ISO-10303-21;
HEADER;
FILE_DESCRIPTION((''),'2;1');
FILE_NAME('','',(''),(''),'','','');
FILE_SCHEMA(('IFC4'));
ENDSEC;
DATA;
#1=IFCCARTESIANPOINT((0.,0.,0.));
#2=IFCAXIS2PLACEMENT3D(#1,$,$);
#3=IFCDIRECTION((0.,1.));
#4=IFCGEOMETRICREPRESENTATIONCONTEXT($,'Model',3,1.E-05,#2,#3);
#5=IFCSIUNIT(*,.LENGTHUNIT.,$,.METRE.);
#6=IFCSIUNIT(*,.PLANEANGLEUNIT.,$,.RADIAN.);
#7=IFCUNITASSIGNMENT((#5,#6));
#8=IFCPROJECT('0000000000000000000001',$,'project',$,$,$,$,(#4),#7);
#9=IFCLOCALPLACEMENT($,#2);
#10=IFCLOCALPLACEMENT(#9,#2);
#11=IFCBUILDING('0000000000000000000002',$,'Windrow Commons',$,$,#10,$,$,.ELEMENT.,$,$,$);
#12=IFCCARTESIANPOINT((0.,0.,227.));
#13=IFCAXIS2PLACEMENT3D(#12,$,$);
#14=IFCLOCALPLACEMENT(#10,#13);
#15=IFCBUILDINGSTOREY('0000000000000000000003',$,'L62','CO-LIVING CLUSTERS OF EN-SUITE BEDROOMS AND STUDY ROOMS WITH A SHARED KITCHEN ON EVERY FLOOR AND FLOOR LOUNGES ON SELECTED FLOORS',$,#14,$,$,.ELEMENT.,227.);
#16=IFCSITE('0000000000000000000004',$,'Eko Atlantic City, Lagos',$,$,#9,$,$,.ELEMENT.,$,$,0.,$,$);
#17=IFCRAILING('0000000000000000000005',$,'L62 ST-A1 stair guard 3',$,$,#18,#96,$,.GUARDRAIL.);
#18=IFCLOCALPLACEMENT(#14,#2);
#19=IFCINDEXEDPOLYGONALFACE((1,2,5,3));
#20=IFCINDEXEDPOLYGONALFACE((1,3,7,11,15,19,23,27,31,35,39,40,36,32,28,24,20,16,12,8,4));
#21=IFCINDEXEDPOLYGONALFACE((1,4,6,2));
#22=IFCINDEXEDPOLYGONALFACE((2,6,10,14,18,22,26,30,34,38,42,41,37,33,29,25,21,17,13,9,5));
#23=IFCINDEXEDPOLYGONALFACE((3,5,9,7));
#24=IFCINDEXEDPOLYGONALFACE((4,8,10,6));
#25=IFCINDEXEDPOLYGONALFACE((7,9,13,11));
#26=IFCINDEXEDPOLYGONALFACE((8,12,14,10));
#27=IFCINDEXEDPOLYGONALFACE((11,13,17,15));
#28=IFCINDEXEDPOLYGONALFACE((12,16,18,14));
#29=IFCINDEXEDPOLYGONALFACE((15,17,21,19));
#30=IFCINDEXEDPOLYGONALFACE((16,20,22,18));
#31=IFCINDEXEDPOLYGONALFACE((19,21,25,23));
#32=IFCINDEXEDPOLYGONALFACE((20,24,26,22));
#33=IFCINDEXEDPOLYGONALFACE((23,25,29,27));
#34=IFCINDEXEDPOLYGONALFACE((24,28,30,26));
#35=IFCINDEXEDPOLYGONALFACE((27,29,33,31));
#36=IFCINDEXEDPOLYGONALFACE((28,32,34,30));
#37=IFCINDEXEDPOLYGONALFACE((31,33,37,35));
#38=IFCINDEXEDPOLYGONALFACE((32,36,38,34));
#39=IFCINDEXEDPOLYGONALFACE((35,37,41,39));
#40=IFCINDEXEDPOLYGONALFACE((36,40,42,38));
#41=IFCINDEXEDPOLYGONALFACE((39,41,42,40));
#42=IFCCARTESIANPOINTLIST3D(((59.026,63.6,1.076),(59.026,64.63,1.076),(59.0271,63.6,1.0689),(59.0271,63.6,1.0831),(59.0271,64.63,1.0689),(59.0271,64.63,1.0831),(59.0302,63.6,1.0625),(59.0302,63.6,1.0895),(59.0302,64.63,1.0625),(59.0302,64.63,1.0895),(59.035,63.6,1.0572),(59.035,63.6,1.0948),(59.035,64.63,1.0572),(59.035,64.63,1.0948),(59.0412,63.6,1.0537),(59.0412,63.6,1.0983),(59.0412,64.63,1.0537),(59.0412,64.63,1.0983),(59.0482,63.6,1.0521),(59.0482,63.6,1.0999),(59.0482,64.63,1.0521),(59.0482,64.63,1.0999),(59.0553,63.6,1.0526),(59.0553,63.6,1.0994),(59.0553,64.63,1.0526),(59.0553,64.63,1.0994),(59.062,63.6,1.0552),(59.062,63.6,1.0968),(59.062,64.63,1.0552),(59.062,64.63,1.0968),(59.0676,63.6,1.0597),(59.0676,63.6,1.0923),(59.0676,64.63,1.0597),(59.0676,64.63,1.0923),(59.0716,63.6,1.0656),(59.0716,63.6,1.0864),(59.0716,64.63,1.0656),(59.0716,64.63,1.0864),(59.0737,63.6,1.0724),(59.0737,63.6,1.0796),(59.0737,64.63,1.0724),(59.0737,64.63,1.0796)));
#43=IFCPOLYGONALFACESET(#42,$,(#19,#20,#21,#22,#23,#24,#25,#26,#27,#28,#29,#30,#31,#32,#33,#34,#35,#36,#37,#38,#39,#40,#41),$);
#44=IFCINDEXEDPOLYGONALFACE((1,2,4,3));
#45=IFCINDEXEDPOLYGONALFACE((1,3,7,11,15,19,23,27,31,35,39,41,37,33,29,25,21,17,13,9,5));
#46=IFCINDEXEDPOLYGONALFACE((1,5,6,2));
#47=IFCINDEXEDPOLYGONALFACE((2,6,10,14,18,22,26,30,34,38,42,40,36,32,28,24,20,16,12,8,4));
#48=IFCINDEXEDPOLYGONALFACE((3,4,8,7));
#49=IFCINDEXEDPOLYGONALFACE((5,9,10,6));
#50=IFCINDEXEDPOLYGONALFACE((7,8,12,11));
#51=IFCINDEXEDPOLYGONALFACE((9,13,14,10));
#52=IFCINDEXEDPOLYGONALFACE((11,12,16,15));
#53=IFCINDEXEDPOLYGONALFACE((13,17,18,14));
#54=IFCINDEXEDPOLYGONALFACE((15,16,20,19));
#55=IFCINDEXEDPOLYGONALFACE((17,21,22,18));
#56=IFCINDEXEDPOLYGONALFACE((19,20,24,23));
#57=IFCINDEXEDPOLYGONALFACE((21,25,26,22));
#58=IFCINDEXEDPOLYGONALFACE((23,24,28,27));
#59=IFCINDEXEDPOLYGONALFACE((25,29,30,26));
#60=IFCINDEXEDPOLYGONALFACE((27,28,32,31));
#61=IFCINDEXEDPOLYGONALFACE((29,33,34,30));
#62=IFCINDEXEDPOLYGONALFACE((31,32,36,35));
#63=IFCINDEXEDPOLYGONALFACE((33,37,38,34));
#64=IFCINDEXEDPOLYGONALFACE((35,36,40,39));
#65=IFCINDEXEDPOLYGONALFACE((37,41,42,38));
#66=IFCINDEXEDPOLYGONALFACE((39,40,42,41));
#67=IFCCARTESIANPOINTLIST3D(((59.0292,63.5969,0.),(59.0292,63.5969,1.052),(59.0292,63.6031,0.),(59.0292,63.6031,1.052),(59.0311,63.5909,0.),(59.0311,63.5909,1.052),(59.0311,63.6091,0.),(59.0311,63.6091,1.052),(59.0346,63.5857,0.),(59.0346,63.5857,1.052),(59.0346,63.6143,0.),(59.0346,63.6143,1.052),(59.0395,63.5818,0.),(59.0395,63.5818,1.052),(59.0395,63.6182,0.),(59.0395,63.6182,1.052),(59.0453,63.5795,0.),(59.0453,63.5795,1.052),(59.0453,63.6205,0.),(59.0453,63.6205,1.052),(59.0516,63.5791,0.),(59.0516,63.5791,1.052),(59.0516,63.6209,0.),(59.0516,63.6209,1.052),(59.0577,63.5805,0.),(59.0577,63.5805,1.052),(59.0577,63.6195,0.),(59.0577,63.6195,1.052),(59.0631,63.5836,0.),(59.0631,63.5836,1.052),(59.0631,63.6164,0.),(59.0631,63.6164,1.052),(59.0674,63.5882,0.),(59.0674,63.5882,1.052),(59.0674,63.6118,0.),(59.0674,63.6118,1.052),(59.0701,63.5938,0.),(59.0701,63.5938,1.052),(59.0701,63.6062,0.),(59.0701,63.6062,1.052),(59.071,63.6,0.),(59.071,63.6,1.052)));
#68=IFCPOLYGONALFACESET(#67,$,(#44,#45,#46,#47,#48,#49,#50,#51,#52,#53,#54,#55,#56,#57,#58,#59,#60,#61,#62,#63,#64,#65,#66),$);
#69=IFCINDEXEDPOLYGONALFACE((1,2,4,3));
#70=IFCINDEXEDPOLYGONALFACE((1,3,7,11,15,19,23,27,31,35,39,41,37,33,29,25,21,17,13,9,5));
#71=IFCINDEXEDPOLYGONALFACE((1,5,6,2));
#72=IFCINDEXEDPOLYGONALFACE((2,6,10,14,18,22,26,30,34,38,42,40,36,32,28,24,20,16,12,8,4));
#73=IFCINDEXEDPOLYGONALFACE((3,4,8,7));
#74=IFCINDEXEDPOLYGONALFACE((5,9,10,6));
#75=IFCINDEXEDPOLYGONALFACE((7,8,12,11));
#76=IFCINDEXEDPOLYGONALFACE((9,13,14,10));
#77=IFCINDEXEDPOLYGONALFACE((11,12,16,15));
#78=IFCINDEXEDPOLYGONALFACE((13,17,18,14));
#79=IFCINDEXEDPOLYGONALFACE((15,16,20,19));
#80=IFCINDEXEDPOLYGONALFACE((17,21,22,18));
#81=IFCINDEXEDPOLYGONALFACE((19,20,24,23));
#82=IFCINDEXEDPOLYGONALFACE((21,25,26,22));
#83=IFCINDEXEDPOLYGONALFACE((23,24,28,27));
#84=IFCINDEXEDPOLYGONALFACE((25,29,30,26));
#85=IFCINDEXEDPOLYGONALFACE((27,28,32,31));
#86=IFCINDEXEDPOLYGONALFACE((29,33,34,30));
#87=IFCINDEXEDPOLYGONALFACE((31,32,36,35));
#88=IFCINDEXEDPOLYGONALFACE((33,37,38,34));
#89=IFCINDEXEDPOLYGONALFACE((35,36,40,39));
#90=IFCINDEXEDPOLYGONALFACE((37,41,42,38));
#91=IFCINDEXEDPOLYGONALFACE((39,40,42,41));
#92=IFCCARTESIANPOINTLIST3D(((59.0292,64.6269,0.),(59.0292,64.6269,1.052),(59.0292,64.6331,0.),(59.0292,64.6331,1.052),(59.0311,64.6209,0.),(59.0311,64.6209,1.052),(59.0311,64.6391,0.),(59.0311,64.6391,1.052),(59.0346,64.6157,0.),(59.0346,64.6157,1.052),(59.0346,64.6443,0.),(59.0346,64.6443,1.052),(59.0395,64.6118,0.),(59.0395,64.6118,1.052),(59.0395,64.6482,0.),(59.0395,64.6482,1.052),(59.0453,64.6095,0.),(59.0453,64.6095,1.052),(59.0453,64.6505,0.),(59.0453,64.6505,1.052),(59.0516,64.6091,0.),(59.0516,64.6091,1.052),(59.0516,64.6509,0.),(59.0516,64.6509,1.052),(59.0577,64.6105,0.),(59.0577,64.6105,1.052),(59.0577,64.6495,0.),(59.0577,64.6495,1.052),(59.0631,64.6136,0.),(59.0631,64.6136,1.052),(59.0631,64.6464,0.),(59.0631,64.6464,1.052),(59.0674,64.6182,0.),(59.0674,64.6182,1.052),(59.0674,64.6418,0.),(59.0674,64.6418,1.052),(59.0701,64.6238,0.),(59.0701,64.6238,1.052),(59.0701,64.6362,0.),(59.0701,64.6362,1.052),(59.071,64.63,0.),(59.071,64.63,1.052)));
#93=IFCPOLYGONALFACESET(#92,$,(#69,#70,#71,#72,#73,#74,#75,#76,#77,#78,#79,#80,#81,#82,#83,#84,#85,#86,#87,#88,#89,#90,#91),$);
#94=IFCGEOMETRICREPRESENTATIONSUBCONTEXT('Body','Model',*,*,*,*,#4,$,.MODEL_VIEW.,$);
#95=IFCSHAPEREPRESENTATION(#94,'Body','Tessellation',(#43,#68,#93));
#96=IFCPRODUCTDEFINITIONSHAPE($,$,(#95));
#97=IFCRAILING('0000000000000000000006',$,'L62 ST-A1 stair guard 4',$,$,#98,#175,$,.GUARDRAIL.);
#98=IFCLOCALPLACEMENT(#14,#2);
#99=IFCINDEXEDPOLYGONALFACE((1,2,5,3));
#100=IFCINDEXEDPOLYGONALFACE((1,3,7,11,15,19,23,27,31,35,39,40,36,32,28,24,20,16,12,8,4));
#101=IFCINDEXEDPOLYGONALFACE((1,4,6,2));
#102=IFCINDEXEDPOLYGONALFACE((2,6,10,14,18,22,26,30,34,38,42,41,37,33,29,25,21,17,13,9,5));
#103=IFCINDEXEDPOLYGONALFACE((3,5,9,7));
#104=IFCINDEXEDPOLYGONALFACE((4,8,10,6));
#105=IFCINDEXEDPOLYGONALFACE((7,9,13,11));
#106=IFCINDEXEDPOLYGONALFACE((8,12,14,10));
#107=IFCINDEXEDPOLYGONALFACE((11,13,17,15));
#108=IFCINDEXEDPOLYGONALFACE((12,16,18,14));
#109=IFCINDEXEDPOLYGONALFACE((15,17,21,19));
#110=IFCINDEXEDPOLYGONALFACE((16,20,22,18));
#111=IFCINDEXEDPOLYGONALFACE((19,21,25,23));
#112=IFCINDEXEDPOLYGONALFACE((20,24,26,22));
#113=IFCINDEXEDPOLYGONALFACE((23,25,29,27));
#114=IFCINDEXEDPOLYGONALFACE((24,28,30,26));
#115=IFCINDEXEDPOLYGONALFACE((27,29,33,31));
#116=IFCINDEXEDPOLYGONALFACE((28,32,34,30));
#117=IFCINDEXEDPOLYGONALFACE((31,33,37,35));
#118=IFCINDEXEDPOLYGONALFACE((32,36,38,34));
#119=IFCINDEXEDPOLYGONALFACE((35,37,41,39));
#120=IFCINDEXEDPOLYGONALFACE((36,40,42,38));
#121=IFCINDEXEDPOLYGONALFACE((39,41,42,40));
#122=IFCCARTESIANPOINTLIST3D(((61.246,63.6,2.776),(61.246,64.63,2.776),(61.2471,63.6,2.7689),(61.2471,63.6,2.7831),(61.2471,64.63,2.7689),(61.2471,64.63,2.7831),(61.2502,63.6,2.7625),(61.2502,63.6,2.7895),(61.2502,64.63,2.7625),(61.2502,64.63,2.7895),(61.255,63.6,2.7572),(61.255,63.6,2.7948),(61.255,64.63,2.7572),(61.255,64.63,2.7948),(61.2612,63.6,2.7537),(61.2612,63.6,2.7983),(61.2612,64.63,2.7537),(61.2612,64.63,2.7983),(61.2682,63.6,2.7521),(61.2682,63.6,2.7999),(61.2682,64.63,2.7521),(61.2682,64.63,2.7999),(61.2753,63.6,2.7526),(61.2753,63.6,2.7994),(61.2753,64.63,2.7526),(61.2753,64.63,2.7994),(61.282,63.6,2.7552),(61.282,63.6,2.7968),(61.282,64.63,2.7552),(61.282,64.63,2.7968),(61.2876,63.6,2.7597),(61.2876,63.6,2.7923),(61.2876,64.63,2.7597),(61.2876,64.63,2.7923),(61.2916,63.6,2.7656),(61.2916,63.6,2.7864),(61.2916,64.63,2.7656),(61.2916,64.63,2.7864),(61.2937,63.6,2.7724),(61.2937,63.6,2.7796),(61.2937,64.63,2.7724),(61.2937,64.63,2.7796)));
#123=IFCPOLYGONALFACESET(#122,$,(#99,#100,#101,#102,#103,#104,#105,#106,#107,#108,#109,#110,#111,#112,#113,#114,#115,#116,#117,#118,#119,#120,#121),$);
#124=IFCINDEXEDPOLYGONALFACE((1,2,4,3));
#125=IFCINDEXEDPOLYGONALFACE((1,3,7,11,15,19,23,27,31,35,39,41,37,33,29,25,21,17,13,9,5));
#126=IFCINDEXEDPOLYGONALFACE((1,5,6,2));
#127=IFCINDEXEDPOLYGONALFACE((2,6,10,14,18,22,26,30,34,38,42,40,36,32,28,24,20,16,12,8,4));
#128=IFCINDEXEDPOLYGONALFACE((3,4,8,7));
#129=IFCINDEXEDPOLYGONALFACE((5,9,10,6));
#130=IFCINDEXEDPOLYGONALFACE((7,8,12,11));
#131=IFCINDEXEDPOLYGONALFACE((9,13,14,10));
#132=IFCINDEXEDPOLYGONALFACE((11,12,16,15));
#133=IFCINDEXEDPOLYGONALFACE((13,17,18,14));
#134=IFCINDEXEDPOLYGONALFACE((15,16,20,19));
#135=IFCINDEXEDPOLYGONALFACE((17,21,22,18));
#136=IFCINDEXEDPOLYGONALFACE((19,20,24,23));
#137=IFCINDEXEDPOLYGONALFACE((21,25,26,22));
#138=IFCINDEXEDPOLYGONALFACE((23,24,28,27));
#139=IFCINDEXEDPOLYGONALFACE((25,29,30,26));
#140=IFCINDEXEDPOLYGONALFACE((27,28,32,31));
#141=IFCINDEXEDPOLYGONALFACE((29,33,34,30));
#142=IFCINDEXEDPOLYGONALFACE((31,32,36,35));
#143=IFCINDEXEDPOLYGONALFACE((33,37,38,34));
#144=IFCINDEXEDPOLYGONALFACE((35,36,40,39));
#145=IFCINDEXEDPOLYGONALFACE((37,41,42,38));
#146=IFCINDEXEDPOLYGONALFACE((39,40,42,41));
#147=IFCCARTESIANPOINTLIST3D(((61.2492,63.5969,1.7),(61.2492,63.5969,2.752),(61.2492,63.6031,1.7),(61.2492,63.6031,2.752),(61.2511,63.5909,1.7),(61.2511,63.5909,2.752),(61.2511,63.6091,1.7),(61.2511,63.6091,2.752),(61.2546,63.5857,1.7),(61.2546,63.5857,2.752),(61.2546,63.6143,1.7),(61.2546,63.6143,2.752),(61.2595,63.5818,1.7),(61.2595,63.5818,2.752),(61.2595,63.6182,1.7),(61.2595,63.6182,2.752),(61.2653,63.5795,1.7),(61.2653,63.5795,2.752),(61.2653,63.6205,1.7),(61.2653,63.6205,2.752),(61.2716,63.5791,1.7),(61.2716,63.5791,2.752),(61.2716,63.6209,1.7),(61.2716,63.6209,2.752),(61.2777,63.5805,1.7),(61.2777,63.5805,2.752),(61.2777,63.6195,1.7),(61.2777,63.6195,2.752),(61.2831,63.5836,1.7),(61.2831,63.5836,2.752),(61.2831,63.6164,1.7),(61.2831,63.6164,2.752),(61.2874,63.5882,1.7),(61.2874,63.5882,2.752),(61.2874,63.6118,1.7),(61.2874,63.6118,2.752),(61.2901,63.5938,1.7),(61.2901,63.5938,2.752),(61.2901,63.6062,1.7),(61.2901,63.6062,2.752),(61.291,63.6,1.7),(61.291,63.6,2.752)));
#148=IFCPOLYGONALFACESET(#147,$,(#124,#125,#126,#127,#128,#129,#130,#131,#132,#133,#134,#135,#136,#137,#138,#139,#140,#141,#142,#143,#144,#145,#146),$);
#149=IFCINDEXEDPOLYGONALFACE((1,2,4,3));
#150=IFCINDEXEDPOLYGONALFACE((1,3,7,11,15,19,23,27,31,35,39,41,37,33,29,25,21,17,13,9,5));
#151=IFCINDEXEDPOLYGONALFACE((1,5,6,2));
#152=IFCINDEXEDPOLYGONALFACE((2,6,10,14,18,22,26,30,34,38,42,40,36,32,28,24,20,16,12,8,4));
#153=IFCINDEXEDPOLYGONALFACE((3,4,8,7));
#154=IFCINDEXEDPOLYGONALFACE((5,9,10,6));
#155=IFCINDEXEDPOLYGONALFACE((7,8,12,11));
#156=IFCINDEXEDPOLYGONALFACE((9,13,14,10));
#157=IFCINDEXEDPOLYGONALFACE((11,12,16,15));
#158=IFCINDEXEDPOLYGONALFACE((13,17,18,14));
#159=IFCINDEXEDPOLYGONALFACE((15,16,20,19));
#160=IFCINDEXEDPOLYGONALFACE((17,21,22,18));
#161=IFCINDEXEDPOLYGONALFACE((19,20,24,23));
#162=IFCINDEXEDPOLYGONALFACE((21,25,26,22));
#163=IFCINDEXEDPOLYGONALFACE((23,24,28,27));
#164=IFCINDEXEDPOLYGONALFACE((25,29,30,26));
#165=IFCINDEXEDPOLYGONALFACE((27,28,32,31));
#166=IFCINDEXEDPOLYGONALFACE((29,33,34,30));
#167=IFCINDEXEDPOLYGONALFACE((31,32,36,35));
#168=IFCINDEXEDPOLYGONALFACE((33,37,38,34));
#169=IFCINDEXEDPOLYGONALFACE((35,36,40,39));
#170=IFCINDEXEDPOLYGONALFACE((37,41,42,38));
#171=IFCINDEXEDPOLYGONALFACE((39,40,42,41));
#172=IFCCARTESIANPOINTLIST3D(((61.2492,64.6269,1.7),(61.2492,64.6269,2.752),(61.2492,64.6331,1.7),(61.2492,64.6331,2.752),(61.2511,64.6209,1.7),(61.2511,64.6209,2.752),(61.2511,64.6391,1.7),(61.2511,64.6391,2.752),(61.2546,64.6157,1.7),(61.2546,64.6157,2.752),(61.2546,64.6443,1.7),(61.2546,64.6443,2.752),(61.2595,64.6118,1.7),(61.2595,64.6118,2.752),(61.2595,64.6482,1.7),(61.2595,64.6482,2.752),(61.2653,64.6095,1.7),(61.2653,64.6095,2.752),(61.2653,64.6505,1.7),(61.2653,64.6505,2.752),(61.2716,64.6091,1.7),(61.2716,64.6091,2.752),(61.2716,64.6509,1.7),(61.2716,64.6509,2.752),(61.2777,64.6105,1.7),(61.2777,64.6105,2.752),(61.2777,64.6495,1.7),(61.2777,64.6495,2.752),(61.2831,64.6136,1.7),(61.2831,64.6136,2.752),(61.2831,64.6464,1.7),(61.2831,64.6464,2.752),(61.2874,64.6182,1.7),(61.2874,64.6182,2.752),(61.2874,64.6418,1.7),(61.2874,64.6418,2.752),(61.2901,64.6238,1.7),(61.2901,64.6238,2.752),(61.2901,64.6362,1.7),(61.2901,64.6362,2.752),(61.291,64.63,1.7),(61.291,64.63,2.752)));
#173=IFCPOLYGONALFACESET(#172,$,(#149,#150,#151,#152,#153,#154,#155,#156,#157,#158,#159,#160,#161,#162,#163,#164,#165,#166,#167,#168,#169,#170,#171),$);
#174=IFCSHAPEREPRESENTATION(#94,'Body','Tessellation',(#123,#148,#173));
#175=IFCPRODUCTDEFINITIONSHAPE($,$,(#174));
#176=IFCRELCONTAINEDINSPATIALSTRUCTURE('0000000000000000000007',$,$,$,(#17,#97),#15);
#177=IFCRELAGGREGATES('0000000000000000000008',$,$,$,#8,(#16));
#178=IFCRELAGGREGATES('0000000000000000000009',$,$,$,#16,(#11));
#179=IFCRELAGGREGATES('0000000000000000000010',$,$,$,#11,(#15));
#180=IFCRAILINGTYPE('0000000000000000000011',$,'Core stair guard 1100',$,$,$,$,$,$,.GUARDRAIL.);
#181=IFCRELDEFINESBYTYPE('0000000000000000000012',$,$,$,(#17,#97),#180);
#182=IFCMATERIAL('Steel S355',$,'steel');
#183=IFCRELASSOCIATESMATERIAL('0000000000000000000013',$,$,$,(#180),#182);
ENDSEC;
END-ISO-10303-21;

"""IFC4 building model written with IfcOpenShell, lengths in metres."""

from ifc_helpers import new_model, si_unit, direction, frame, origin, origin_2d, place, context, subcontext, project, spatial, circle, extrude, material, type_object, element, save


model = new_model("IFC4")

# Units and contexts
model_context = context("Model", 3, precision=1e-05, world=origin(), true_north=direction((0.0, 1.0)))
body_context = subcontext(model_context, "Body", "Model", "MODEL_VIEW")
ifc_project = project(units=[si_unit("LENGTHUNIT", "METRE"), si_unit("PLANEANGLEUNIT", "RADIAN")], contexts=[model_context])

# Site, building, storey
site_placement = place(None, origin())
site = spatial("IfcSite", under=ifc_project, at=site_placement, Name="Eko Atlantic City, Lagos", CompositionType="ELEMENT", RefElevation=0.0)
building_placement = place(site_placement, origin())
building = spatial("IfcBuilding", under=site, at=building_placement, Name="Windrow Commons", CompositionType="ELEMENT")
storey_placement = place(building_placement, frame((0.0, 0.0, 227.0)))
storey = spatial("IfcBuildingStorey", under=building, at=storey_placement, Name="L62", Description="CO-LIVING CLUSTERS OF EN-SUITE BEDROOMS AND STUDY ROOMS WITH A SHARED KITCHEN ON EVERY FLOOR AND FLOOR LOUNGES ON SELECTED FLOORS", CompositionType="ELEMENT", Elevation=227.0)

# Railings
ifc_material_1 = material(Name="Steel S355", Category="steel")
railing_type_1 = type_object("IfcRailingType", Name="Core stair guard 1100", PredefinedType="GUARDRAIL", material=ifc_material_1)
for number, where, name in (
    (1, (59.05, 63.6, 0.0), "L62 ST-A1 stair guard 3"),
    (2, (61.27, 63.6, 1.7), "L62 ST-A1 stair guard 4"),
):
    element("IfcRailing", number, at=place(storey_placement, frame(where)), inside=storey, type_object=railing_type_1, Name=name, PredefinedType="GUARDRAIL", context=body_context, shape_type="SweptSolid", body=[
        extrude(circle(Radius=0.024, at=origin_2d()), frame((0.0, 0.0, 1.076), z_axis=(0.0, 1.0, 0.0), x_axis=(-1.0, 0.0, 0.0)), (0.0, 0.0, 1.0), 1.03),
        extrude(circle(Radius=0.021, at=origin_2d()), origin(), (0.0, 0.0, 1.0), 1.052),
        extrude(circle(Radius=0.021, at=origin_2d()), frame((0.0, 1.03, 0.0)), (0.0, 0.0, 1.0), 1.052),
    ])

save(model, "model.ifc")
